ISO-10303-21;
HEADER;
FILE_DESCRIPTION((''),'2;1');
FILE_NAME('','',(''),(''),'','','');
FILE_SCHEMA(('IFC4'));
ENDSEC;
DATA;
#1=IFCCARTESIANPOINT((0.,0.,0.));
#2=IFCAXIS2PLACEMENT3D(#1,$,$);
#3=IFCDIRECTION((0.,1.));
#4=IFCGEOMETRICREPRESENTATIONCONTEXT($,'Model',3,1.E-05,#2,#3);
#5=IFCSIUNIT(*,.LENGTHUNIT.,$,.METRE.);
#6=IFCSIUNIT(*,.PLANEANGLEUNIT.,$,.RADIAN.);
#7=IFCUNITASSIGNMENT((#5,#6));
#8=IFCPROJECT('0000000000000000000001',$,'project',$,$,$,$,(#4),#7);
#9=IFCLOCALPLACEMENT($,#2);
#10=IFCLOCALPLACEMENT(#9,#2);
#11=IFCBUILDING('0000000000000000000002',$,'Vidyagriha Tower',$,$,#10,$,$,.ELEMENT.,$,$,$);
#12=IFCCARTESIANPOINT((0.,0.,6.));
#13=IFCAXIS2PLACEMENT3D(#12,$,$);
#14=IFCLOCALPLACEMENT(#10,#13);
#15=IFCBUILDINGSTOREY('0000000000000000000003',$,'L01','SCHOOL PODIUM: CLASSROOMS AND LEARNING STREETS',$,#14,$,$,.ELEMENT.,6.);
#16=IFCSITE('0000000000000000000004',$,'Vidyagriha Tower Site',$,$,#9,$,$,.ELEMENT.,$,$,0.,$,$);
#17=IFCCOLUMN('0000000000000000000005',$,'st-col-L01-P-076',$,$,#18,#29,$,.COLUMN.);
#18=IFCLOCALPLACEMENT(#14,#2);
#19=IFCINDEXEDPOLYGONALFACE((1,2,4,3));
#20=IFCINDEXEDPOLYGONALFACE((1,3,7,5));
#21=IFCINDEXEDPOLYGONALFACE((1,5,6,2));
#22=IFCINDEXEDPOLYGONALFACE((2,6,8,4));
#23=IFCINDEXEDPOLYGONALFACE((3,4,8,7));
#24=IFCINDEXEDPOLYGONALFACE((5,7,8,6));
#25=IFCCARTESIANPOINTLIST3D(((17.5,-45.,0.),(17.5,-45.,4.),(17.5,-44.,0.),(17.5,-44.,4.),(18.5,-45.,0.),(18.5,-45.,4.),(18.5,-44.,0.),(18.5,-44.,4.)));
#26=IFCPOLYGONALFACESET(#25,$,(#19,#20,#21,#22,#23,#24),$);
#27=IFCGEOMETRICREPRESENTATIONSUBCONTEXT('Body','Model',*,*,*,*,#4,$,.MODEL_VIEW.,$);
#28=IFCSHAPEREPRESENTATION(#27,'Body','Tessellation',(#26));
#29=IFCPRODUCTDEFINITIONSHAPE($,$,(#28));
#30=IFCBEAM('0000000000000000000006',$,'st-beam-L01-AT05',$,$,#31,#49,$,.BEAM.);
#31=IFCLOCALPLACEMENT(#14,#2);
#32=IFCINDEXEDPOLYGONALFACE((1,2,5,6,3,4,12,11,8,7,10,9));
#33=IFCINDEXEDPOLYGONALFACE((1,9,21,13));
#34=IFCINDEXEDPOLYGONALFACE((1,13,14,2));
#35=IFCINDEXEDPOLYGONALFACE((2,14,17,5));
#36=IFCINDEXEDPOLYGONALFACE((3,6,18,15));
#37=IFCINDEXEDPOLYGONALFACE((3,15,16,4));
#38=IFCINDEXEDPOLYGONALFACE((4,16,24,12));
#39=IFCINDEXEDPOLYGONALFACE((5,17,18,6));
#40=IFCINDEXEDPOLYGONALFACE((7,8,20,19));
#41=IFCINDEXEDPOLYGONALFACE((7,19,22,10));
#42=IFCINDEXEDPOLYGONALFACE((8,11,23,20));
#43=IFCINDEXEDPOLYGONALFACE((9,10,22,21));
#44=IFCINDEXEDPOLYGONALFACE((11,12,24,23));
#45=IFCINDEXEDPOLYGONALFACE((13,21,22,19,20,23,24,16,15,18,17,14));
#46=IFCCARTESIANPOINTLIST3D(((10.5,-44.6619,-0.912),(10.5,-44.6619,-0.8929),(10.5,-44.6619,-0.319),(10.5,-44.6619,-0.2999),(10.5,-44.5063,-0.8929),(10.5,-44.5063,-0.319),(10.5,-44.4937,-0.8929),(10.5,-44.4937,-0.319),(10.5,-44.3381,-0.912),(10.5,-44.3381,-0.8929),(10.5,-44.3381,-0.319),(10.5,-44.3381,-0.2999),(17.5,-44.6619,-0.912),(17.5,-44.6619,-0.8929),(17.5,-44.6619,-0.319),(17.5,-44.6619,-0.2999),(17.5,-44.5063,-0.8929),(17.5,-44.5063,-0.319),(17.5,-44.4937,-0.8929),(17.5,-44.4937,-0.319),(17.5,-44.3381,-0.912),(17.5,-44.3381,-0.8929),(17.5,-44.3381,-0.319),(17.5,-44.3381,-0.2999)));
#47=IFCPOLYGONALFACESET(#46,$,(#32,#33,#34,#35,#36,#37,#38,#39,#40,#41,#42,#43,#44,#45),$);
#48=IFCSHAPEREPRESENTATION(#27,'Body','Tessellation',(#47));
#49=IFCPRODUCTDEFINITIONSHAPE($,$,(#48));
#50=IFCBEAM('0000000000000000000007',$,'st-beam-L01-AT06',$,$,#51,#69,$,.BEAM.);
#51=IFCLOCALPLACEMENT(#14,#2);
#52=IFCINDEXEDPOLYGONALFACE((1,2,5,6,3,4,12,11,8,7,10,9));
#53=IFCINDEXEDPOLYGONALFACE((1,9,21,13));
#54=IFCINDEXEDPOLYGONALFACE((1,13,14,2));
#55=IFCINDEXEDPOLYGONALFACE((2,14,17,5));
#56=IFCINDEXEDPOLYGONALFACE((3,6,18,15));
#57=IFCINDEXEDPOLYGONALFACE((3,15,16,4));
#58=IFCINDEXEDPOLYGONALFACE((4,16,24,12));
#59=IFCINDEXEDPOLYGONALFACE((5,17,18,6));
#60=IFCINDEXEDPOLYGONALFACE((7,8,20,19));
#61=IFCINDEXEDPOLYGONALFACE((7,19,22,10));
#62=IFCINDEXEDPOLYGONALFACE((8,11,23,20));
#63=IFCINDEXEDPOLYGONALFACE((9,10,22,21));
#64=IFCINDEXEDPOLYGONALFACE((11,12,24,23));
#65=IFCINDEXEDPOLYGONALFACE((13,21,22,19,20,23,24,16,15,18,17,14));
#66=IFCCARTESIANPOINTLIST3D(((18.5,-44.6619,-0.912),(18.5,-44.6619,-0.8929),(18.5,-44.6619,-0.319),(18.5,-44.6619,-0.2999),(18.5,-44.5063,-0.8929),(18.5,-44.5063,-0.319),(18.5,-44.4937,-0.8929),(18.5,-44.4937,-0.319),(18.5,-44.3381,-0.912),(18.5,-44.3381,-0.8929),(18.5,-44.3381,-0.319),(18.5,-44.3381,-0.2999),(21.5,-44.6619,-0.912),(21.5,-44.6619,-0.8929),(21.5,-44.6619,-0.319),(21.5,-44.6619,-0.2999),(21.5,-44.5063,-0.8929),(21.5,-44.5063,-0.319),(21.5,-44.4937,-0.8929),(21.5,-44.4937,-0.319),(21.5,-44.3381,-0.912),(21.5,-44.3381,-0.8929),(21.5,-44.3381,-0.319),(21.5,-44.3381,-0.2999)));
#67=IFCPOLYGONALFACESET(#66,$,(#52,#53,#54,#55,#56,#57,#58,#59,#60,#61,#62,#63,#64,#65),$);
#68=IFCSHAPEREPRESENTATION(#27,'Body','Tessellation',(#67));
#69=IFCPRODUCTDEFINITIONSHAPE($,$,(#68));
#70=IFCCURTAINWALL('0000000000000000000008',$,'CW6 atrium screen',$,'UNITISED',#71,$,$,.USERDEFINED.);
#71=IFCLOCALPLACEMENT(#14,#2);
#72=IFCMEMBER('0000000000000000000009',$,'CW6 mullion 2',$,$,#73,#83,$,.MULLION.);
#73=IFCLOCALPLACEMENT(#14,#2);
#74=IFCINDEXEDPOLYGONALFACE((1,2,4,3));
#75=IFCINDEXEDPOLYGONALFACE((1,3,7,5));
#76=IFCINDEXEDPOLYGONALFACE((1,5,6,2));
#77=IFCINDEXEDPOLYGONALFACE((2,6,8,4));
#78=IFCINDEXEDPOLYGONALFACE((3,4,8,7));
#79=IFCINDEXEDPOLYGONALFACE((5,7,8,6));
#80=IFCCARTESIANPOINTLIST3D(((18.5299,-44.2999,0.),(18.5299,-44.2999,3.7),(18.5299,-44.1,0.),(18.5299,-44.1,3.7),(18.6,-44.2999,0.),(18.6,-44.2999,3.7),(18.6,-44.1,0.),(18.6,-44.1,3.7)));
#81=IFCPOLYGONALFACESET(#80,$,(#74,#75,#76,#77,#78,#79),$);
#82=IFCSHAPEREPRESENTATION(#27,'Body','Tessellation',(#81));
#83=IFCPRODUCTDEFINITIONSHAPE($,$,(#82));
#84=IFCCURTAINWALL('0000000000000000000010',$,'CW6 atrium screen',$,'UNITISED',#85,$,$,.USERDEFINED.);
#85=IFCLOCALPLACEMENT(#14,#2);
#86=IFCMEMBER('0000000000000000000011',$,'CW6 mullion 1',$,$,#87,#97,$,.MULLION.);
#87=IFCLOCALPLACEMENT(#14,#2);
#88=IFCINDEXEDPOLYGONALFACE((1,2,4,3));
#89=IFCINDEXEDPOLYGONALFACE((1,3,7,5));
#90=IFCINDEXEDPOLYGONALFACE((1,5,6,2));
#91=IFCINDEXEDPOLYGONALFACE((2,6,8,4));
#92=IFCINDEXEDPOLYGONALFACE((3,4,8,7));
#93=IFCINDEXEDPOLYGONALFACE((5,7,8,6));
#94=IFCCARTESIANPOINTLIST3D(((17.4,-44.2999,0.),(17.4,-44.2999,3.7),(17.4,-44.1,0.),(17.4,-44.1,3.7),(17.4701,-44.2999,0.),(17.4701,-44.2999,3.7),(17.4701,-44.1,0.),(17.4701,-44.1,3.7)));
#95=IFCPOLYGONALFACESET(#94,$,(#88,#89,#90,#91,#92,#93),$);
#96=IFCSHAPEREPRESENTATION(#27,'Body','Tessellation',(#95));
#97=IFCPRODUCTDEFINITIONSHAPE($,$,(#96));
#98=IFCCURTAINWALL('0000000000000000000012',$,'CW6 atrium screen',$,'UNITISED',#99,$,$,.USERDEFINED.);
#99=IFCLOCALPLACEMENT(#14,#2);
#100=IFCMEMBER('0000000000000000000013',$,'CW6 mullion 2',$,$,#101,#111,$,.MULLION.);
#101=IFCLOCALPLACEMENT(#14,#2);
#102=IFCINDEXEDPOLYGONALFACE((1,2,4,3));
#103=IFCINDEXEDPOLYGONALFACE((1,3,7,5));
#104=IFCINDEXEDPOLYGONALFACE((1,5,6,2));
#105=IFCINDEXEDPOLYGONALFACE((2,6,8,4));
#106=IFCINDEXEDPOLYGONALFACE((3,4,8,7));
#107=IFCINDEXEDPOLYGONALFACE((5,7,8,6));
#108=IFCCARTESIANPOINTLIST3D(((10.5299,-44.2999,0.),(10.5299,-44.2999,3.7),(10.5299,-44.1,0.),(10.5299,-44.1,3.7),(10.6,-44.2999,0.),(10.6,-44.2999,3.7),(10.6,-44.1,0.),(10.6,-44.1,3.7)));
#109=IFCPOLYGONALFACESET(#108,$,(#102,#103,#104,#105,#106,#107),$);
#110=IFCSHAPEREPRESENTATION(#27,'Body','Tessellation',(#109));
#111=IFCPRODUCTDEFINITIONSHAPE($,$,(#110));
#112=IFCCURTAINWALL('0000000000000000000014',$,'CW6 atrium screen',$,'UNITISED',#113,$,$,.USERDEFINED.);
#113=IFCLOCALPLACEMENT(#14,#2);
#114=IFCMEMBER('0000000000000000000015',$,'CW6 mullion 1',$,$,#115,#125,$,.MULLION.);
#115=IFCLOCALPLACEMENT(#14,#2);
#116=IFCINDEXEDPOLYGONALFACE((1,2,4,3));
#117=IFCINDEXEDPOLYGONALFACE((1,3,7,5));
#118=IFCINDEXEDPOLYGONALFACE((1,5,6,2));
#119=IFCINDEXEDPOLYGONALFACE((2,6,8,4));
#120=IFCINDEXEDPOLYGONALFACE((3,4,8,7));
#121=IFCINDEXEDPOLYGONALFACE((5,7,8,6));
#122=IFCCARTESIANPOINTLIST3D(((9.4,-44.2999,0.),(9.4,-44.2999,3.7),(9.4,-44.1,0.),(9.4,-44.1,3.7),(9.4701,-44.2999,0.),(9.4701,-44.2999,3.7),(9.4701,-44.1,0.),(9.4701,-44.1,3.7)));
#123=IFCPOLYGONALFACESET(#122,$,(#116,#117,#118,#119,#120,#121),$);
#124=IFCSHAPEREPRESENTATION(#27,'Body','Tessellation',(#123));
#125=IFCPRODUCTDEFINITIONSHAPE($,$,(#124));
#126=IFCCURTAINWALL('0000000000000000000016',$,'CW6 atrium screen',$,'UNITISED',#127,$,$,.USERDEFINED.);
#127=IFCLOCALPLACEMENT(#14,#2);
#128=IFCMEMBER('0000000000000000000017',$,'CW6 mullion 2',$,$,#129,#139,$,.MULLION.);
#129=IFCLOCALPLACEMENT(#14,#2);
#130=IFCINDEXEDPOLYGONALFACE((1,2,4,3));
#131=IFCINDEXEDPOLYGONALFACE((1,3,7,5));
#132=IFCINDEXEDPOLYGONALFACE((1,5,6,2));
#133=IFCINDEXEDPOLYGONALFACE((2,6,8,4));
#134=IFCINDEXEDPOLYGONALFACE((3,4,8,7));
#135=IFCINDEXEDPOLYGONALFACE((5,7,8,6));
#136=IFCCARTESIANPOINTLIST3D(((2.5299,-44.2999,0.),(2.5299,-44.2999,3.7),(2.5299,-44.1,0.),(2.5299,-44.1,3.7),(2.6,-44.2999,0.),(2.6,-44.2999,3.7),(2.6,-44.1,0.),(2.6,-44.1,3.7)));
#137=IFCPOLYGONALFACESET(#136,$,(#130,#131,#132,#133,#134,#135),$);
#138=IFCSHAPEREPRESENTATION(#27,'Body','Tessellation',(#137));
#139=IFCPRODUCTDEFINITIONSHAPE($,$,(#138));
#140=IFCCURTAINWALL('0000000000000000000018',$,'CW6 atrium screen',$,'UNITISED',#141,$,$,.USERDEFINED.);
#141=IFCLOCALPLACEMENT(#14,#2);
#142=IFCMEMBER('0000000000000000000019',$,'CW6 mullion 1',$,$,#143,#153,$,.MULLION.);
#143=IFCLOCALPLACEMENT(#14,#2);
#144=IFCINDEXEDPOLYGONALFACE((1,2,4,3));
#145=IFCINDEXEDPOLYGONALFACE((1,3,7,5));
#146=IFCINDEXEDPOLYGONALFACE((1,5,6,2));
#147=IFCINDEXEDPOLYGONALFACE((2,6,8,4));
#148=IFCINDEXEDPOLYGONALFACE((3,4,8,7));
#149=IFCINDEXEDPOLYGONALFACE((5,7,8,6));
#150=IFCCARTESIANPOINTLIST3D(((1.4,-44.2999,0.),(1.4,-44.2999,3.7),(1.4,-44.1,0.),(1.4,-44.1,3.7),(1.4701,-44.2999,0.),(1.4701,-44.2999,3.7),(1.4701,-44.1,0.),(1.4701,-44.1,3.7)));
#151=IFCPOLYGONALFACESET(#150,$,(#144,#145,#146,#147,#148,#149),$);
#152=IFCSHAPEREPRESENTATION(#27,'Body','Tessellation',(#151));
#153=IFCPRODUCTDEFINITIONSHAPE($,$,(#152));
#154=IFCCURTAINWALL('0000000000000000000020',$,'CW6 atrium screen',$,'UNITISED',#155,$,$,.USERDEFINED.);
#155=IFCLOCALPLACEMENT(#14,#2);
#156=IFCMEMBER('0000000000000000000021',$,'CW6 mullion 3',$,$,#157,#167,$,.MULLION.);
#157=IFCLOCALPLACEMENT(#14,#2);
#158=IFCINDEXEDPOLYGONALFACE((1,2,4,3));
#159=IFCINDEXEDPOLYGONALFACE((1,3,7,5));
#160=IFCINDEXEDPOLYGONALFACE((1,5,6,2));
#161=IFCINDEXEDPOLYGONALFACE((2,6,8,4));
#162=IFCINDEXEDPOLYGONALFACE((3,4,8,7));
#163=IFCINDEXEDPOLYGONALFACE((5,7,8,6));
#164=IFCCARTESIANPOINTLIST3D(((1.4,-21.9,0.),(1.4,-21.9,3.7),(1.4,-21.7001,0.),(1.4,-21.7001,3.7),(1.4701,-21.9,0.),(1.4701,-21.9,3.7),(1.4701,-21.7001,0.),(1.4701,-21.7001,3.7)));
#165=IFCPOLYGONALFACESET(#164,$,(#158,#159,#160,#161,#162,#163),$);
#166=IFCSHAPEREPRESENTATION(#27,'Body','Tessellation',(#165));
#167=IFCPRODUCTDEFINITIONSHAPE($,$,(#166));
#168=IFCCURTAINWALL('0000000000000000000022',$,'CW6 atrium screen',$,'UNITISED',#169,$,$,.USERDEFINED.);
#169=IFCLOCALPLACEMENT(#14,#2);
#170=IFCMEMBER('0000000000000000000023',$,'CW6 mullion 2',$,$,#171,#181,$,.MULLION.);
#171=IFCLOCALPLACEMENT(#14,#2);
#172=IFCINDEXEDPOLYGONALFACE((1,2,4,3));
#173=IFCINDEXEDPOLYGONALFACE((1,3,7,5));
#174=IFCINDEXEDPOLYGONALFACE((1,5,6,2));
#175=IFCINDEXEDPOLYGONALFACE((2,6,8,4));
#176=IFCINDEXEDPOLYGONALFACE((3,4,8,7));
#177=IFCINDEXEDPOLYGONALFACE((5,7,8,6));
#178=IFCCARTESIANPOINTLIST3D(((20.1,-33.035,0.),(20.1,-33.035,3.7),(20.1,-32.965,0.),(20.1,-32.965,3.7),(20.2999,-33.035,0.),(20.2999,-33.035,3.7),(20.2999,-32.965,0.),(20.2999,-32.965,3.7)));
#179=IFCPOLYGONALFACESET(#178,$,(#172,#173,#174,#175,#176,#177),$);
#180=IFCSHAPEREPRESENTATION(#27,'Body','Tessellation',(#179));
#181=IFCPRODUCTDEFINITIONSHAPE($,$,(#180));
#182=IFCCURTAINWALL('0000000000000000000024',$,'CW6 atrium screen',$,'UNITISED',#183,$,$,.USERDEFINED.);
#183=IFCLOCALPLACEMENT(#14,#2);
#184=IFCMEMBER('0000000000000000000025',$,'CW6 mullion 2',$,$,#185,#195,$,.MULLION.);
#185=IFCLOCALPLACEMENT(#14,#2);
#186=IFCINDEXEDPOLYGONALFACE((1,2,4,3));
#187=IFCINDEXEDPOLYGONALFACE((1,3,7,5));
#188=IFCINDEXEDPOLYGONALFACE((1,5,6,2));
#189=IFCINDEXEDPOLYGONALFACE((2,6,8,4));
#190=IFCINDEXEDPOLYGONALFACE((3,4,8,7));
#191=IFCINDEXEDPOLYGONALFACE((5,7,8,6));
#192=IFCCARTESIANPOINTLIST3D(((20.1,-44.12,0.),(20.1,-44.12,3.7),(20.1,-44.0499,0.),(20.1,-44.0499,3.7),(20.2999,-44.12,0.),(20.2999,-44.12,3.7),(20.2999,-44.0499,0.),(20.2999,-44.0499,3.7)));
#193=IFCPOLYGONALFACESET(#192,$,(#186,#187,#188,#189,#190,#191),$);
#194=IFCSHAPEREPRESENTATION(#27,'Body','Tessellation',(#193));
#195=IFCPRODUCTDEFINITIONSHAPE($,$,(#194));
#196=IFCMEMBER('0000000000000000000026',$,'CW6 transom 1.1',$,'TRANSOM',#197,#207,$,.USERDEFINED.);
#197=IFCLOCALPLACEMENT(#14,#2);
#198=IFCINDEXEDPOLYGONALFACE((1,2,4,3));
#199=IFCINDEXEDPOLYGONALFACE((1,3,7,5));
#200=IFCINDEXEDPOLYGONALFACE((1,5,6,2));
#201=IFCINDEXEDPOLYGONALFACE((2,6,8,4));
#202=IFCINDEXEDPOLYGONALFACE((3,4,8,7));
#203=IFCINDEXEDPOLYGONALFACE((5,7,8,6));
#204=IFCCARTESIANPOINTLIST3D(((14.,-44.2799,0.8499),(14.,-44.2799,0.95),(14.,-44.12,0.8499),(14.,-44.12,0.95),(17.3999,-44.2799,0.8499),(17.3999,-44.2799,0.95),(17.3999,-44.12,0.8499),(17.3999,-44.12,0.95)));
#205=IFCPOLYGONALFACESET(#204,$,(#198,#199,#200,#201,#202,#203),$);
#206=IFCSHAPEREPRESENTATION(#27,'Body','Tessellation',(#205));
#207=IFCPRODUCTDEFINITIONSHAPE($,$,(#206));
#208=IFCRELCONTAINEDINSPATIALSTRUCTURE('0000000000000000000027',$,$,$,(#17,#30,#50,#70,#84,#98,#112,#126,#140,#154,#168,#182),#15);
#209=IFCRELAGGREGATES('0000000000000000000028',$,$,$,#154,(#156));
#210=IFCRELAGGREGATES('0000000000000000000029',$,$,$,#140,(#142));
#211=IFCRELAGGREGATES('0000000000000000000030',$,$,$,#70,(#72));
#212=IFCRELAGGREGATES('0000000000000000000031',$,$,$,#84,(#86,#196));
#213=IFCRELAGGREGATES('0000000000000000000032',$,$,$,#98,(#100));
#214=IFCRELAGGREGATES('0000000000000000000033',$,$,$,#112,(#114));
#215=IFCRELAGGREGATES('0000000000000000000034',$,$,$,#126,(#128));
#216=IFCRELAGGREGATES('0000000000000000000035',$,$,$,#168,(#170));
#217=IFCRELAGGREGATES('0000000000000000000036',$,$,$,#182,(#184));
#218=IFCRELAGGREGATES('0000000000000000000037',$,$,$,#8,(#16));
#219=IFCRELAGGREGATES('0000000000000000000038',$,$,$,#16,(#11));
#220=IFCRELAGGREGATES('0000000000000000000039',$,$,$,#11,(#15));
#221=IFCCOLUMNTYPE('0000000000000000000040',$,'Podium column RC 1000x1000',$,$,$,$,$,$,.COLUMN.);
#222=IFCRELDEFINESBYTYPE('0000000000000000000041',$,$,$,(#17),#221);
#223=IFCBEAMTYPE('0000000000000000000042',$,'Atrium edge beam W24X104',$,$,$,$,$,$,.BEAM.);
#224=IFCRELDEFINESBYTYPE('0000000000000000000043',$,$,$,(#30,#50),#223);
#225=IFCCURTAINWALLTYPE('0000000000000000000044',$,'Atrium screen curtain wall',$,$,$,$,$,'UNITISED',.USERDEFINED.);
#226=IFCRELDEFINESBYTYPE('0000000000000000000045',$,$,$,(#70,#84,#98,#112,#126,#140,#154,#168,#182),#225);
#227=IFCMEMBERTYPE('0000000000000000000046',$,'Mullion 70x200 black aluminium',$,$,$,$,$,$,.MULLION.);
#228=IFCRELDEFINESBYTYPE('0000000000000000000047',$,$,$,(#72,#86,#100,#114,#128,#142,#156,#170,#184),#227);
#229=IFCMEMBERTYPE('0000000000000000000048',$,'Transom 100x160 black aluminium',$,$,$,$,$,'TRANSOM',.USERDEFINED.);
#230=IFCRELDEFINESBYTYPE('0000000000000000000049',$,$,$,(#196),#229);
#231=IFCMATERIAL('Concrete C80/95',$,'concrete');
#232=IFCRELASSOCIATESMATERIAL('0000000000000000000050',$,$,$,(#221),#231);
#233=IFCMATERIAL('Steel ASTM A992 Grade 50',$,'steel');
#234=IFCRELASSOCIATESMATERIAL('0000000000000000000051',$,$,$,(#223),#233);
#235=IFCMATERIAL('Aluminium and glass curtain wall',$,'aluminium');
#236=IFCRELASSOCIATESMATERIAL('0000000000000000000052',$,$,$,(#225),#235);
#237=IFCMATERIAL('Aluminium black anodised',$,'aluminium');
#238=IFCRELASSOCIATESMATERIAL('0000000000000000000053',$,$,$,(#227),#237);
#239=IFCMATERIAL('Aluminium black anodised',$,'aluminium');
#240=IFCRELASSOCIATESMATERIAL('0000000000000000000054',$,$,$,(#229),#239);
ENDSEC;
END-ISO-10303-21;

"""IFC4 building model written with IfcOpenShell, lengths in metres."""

from ifc_helpers import new_model, si_unit, direction, frame, origin, origin_2d, place, context, subcontext, project, spatial, rectangle, i_section, extrude, material, material_profile, profile_set, type_object, element, aggregate, save


model = new_model("IFC4")

# Units and contexts
model_context = context("Model", 3, precision=1e-05, world=origin(), true_north=direction((0.0, 1.0)))
body_context = subcontext(model_context, "Body", "Model", "MODEL_VIEW")
ifc_project = project(units=[si_unit("LENGTHUNIT", "METRE"), si_unit("PLANEANGLEUNIT", "RADIAN")], contexts=[model_context])

# Site, building, storey
site_placement = place(None, origin())
site = spatial("IfcSite", under=ifc_project, at=site_placement, Name="Vidyagriha Tower Site", CompositionType="ELEMENT", RefElevation=0.0)
building_placement = place(site_placement, origin())
building = spatial("IfcBuilding", under=site, at=building_placement, Name="Vidyagriha Tower", CompositionType="ELEMENT")
storey_placement = place(building_placement, frame((0.0, 0.0, 6.0)))
storey = spatial("IfcBuildingStorey", under=building, at=storey_placement, Name="L01", Description="SCHOOL PODIUM: CLASSROOMS AND LEARNING STREETS", CompositionType="ELEMENT", Elevation=6.0)

# Column
ifc_material_1 = material(Name="Concrete C80/95", Category="concrete")
ifc_material_profile_1 = material_profile(ifc_material_1, rectangle(XDim=1.0, YDim=1.0, at=origin_2d()), Name="RC 1000x1000")
ifc_profile_set_1 = profile_set([ifc_material_profile_1], Name="Concrete C80/95")
column_type = type_object("IfcColumnType", Name="Podium column RC 1000x1000", PredefinedType="COLUMN", material=ifc_profile_set_1)
column_placement = place(storey_placement, frame((18.0, -44.5, 0.0)))
element("IfcColumn", 1, at=column_placement, inside=storey, type_object=column_type, Name="st-col-L01-P-076", PredefinedType="COLUMN", context=body_context, shape_type="SweptSolid", body=[
    extrude(rectangle(XDim=1.0, YDim=1.0, at=origin_2d()), origin(), (0.0, 0.0, 1.0), 4.0),
])

# Beams
ifc_material_2 = material(Name="Steel ASTM A992 Grade 50", Category="steel")
ifc_material_profile_2 = material_profile(ifc_material_2, i_section(OverallWidth=0.3237, OverallDepth=0.6121, WebThickness=0.0127, FlangeThickness=0.019, at=origin_2d()), Name="W24X104")
ifc_profile_set_2 = profile_set([ifc_material_profile_2], Name="Steel ASTM A992 Grade 50")
beam_type = type_object("IfcBeamType", Name="Atrium edge beam W24X104", PredefinedType="BEAM", material=ifc_profile_set_2)
beam_1_placement = place(storey_placement, frame((10.5, -44.5, -0.606), z_axis=(1.0, 0.0, 0.0), x_axis=(0.0, 1.0, 0.0)))
element("IfcBeam", 2, at=beam_1_placement, inside=storey, type_object=beam_type, Name="st-beam-L01-AT05", PredefinedType="BEAM", context=body_context, shape_type="SweptSolid", body=[
    extrude(i_section(OverallWidth=0.3237, OverallDepth=0.6121, WebThickness=0.0127, FlangeThickness=0.019, at=origin_2d()), origin(), (0.0, 0.0, 1.0), 7.0),
])
beam_2_placement = place(storey_placement, frame((18.5, -44.5, -0.606), z_axis=(1.0, 0.0, 0.0), x_axis=(0.0, 1.0, 0.0)))
element("IfcBeam", 3, at=beam_2_placement, inside=storey, type_object=beam_type, Name="st-beam-L01-AT06", PredefinedType="BEAM", context=body_context, shape_type="SweptSolid", body=[
    extrude(i_section(OverallWidth=0.3237, OverallDepth=0.6121, WebThickness=0.0127, FlangeThickness=0.019, at=origin_2d()), origin(), (0.0, 0.0, 1.0), 3.0),
])

# Curtain walls, members
ifc_material_3 = material(Name="Aluminium and glass curtain wall", Category="aluminium")
curtain_wall_type = type_object("IfcCurtainWallType", Name="Atrium screen curtain wall", ElementType="UNITISED", PredefinedType="USERDEFINED", material=ifc_material_3)
curtain_wall_1_placement = place(storey_placement, origin())
curtain_wall_1 = element("IfcCurtainWall", 4, at=curtain_wall_1_placement, inside=storey, type_object=curtain_wall_type, Name="CW6 atrium screen", ObjectType="UNITISED", PredefinedType="USERDEFINED")
ifc_material_4 = material(Name="Aluminium black anodised", Category="aluminium")
ifc_material_profile_3 = material_profile(ifc_material_4, rectangle(XDim=0.2, YDim=0.0701, at=origin_2d()), Name="Mullion 70x200 black aluminium")
ifc_profile_set_3 = profile_set([ifc_material_profile_3], Name="Aluminium black anodised")
member_type_1 = type_object("IfcMemberType", Name="Mullion 70x200 black aluminium", PredefinedType="MULLION", material=ifc_profile_set_3)
member_1_placement = place(storey_placement, frame((18.5649, -44.2, 0.0), z_axis=(0.0, 0.0, 1.0), x_axis=(0.0, -1.0, 0.0)))
member_1 = element("IfcMember", 5, at=member_1_placement, type_object=member_type_1, Name="CW6 mullion 2", PredefinedType="MULLION", context=body_context, shape_type="SweptSolid", body=[
    extrude(rectangle(XDim=0.2, YDim=0.0701, at=origin_2d()), origin(), (0.0, 0.0, 1.0), 3.7),
])
curtain_wall_2_placement = place(storey_placement, origin())
curtain_wall_2 = element("IfcCurtainWall", 6, at=curtain_wall_2_placement, inside=storey, type_object=curtain_wall_type, Name="CW6 atrium screen", ObjectType="UNITISED", PredefinedType="USERDEFINED")
member_2_placement = place(storey_placement, frame((17.4351, -44.2, 0.0), z_axis=(0.0, 0.0, 1.0), x_axis=(0.0, -1.0, 0.0)))
member_2 = element("IfcMember", 7, at=member_2_placement, type_object=member_type_1, Name="CW6 mullion 1", PredefinedType="MULLION", context=body_context, shape_type="SweptSolid", body=[
    extrude(rectangle(XDim=0.2, YDim=0.0701, at=origin_2d()), origin(), (0.0, 0.0, 1.0), 3.7),
])
curtain_wall_3_placement = place(storey_placement, origin())
curtain_wall_3 = element("IfcCurtainWall", 8, at=curtain_wall_3_placement, inside=storey, type_object=curtain_wall_type, Name="CW6 atrium screen", ObjectType="UNITISED", PredefinedType="USERDEFINED")
member_3_placement = place(storey_placement, frame((10.5649, -44.2, 0.0), z_axis=(0.0, 0.0, 1.0), x_axis=(0.0, -1.0, 0.0)))
member_3 = element("IfcMember", 9, at=member_3_placement, type_object=member_type_1, Name="CW6 mullion 2", PredefinedType="MULLION", context=body_context, shape_type="SweptSolid", body=[
    extrude(rectangle(XDim=0.2, YDim=0.0701, at=origin_2d()), origin(), (0.0, 0.0, 1.0), 3.7),
])
curtain_wall_4_placement = place(storey_placement, origin())
curtain_wall_4 = element("IfcCurtainWall", 10, at=curtain_wall_4_placement, inside=storey, type_object=curtain_wall_type, Name="CW6 atrium screen", ObjectType="UNITISED", PredefinedType="USERDEFINED")
member_4_placement = place(storey_placement, frame((9.4351, -44.2, 0.0), z_axis=(0.0, 0.0, 1.0), x_axis=(0.0, -1.0, 0.0)))
member_4 = element("IfcMember", 11, at=member_4_placement, type_object=member_type_1, Name="CW6 mullion 1", PredefinedType="MULLION", context=body_context, shape_type="SweptSolid", body=[
    extrude(rectangle(XDim=0.2, YDim=0.0701, at=origin_2d()), origin(), (0.0, 0.0, 1.0), 3.7),
])
curtain_wall_5_placement = place(storey_placement, origin())
curtain_wall_5 = element("IfcCurtainWall", 12, at=curtain_wall_5_placement, inside=storey, type_object=curtain_wall_type, Name="CW6 atrium screen", ObjectType="UNITISED", PredefinedType="USERDEFINED")
member_5_placement = place(storey_placement, frame((2.5649, -44.2, 0.0), z_axis=(0.0, 0.0, 1.0), x_axis=(0.0, -1.0, 0.0)))
member_5 = element("IfcMember", 13, at=member_5_placement, type_object=member_type_1, Name="CW6 mullion 2", PredefinedType="MULLION", context=body_context, shape_type="SweptSolid", body=[
    extrude(rectangle(XDim=0.2, YDim=0.0701, at=origin_2d()), origin(), (0.0, 0.0, 1.0), 3.7),
])
curtain_wall_6_placement = place(storey_placement, origin())
curtain_wall_6 = element("IfcCurtainWall", 14, at=curtain_wall_6_placement, inside=storey, type_object=curtain_wall_type, Name="CW6 atrium screen", ObjectType="UNITISED", PredefinedType="USERDEFINED")
member_6_placement = place(storey_placement, frame((1.4351, -44.2, 0.0), z_axis=(0.0, 0.0, 1.0), x_axis=(0.0, -1.0, 0.0)))
member_6 = element("IfcMember", 15, at=member_6_placement, type_object=member_type_1, Name="CW6 mullion 1", PredefinedType="MULLION", context=body_context, shape_type="SweptSolid", body=[
    extrude(rectangle(XDim=0.2, YDim=0.0701, at=origin_2d()), origin(), (0.0, 0.0, 1.0), 3.7),
])
curtain_wall_7_placement = place(storey_placement, origin())
curtain_wall_7 = element("IfcCurtainWall", 16, at=curtain_wall_7_placement, inside=storey, type_object=curtain_wall_type, Name="CW6 atrium screen", ObjectType="UNITISED", PredefinedType="USERDEFINED")
member_7_placement = place(storey_placement, frame((1.4351, -21.8, 0.0), z_axis=(0.0, 0.0, 1.0), x_axis=(0.0, 1.0, 0.0)))
member_7 = element("IfcMember", 17, at=member_7_placement, type_object=member_type_1, Name="CW6 mullion 3", PredefinedType="MULLION", context=body_context, shape_type="SweptSolid", body=[
    extrude(rectangle(XDim=0.2, YDim=0.0701, at=origin_2d()), origin(), (0.0, 0.0, 1.0), 3.7),
])
aggregate(curtain_wall_7, [member_7])
curtain_wall_8_placement = place(storey_placement, origin())
curtain_wall_8 = element("IfcCurtainWall", 18, at=curtain_wall_8_placement, inside=storey, type_object=curtain_wall_type, Name="CW6 atrium screen", ObjectType="UNITISED", PredefinedType="USERDEFINED")
member_8_placement = place(storey_placement, frame((20.2, -33.0, 0.0)))
member_8 = element("IfcMember", 19, at=member_8_placement, type_object=member_type_1, Name="CW6 mullion 2", PredefinedType="MULLION", context=body_context, shape_type="SweptSolid", body=[
    extrude(rectangle(XDim=0.2, YDim=0.0701, at=origin_2d()), origin(), (0.0, 0.0, 1.0), 3.7),
])
curtain_wall_9_placement = place(storey_placement, origin())
curtain_wall_9 = element("IfcCurtainWall", 20, at=curtain_wall_9_placement, inside=storey, type_object=curtain_wall_type, Name="CW6 atrium screen", ObjectType="UNITISED", PredefinedType="USERDEFINED")
member_9_placement = place(storey_placement, frame((20.2, -44.085, 0.0)))
member_9 = element("IfcMember", 21, at=member_9_placement, type_object=member_type_1, Name="CW6 mullion 2", PredefinedType="MULLION", context=body_context, shape_type="SweptSolid", body=[
    extrude(rectangle(XDim=0.2, YDim=0.0701, at=origin_2d()), origin(), (0.0, 0.0, 1.0), 3.7),
])

# Member
ifc_material_5 = material(Name="Aluminium black anodised", Category="aluminium")
ifc_material_profile_4 = material_profile(ifc_material_5, rectangle(XDim=0.1599, YDim=0.1001, at=origin_2d()), Name="Transom 100x160 black aluminium")
ifc_profile_set_4 = profile_set([ifc_material_profile_4], Name="Aluminium black anodised")
member_type_2 = type_object("IfcMemberType", Name="Transom 100x160 black aluminium", ElementType="TRANSOM", PredefinedType="USERDEFINED", material=ifc_profile_set_4)
member_10_placement = place(storey_placement, frame((17.3999, -44.2, 0.8999), z_axis=(-1.0, 0.0, 0.0), x_axis=(0.0, -1.0, 0.0)))
member_10 = element("IfcMember", 22, at=member_10_placement, type_object=member_type_2, Name="CW6 transom 1.1", ObjectType="TRANSOM", PredefinedType="USERDEFINED", context=body_context, shape_type="SweptSolid", body=[
    extrude(rectangle(XDim=0.1599, YDim=0.1001, at=origin_2d()), origin(), (0.0, 0.0, 1.0), 3.3999),
])
aggregate(curtain_wall_6, [member_6])

aggregate(curtain_wall_1, [member_1])
aggregate(curtain_wall_2, [member_2, member_10])
aggregate(curtain_wall_3, [member_3])
aggregate(curtain_wall_4, [member_4])
aggregate(curtain_wall_5, [member_5])
aggregate(curtain_wall_8, [member_8])
aggregate(curtain_wall_9, [member_9])

save(model, "model.ifc")
